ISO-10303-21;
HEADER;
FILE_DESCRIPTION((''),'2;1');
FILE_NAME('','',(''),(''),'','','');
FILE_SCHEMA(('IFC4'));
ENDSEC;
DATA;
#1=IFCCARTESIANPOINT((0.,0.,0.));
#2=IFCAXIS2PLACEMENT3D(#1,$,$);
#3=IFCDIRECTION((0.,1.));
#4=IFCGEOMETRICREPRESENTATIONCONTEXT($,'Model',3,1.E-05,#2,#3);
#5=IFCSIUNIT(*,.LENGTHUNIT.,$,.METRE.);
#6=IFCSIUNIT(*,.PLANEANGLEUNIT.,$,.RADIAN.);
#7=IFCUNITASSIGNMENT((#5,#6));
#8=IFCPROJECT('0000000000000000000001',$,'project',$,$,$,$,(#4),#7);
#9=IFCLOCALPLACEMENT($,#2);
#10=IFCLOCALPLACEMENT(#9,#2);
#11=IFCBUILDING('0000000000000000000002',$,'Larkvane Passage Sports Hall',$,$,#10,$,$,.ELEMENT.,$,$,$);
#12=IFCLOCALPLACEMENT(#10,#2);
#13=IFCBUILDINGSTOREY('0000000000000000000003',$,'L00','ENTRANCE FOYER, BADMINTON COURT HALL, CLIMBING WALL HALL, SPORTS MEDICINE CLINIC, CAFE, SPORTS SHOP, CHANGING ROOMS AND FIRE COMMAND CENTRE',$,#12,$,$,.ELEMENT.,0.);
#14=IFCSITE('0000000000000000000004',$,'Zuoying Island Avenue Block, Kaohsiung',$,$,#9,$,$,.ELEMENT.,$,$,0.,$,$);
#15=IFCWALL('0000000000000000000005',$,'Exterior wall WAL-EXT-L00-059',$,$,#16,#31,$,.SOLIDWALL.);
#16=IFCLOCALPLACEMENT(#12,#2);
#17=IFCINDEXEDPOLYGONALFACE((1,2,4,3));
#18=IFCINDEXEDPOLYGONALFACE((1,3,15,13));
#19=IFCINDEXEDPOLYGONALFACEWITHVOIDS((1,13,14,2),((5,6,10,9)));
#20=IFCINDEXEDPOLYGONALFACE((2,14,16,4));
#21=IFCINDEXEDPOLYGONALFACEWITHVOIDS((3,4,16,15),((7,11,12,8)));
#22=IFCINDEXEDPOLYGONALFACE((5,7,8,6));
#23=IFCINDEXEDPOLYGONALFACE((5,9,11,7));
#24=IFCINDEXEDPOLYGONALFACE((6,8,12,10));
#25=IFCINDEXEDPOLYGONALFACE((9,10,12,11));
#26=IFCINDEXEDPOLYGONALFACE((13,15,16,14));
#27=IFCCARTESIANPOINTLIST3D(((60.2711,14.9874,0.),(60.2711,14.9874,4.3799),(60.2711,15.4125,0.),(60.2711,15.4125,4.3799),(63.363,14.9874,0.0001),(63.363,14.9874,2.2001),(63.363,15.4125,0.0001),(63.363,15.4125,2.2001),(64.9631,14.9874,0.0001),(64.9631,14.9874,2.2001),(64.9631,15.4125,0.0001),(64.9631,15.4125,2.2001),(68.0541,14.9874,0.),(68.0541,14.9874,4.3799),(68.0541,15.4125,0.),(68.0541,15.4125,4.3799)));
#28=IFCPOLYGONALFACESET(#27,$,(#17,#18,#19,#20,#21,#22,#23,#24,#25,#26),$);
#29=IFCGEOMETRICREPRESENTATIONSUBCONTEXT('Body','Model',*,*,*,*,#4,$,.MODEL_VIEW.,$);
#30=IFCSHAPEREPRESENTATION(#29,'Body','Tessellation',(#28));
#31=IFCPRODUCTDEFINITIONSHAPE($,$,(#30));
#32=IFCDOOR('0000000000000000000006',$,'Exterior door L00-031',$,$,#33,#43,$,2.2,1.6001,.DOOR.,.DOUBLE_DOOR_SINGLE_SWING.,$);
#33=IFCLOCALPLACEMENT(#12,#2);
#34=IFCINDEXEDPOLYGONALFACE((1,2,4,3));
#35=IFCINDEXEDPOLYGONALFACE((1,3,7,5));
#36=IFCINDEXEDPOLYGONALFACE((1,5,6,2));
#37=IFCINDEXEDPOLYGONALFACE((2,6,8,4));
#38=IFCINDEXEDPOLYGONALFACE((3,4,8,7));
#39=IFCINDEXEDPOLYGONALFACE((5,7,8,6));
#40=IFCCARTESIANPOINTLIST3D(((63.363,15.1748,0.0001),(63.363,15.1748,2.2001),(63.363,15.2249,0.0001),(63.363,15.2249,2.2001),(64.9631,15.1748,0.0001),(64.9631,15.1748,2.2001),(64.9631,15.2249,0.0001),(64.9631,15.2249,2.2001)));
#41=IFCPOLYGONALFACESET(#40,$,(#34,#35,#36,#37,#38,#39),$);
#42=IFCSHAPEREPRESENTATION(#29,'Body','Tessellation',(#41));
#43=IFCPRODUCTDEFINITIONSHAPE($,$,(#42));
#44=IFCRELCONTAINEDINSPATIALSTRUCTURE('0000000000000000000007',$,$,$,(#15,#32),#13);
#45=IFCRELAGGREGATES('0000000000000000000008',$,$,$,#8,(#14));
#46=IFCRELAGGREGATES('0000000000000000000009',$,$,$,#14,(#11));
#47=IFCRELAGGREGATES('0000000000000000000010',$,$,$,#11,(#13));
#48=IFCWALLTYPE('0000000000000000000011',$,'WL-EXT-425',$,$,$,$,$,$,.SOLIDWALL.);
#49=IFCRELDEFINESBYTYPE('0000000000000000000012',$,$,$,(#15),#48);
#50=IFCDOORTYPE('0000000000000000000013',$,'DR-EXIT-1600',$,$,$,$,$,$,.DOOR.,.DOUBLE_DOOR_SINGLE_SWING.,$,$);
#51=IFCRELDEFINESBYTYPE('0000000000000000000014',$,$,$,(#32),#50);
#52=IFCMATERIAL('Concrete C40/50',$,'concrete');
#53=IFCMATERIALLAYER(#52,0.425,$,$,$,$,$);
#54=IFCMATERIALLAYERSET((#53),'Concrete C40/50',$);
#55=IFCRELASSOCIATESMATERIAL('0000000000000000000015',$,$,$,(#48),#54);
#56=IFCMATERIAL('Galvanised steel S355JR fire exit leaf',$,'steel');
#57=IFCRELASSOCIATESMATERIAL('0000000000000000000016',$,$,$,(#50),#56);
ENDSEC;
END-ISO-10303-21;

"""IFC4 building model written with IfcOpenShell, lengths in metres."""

from ifc_helpers import new_model, si_unit, direction, frame, frame_2d, origin, place, context, subcontext, project, spatial, rectangle, extrude, material, layer, layer_set, type_object, element, fill, save


model = new_model("IFC4")

# Units and contexts
model_context = context("Model", 3, precision=1e-05, world=origin(), true_north=direction((0.0, 1.0)))
body_context = subcontext(model_context, "Body", "Model", "MODEL_VIEW")
ifc_project = project(units=[si_unit("LENGTHUNIT", "METRE"), si_unit("PLANEANGLEUNIT", "RADIAN")], contexts=[model_context])

# Site, building, storey
site_placement = place(None, origin())
site = spatial("IfcSite", under=ifc_project, at=site_placement, Name="Zuoying Island Avenue Block, Kaohsiung", CompositionType="ELEMENT", RefElevation=0.0)
building_placement = place(site_placement, origin())
building = spatial("IfcBuilding", under=site, at=building_placement, Name="Larkvane Passage Sports Hall", CompositionType="ELEMENT")
storey_placement = place(building_placement, origin())
storey = spatial("IfcBuildingStorey", under=building, at=storey_placement, Name="L00", Description="ENTRANCE FOYER, BADMINTON COURT HALL, CLIMBING WALL HALL, SPORTS MEDICINE CLINIC, CAFE, SPORTS SHOP, CHANGING ROOMS AND FIRE COMMAND CENTRE", CompositionType="ELEMENT", Elevation=0.0)

# Shared definitions
ifc_material_1 = material(Name="Concrete C40/50", Category="concrete")

# Wall, opening, door
ifc_layer = layer(ifc_material_1, 0.425)
ifc_layer_set = layer_set([ifc_layer], Name="Concrete C40/50")
wall_type = type_object("IfcWallType", Name="WL-EXT-425", PredefinedType="SOLIDWALL", material=ifc_layer_set)
wall_placement = place(storey_placement, frame((60.271, 15.2, 0.0), z_axis=(0.0, 0.0, 1.0), x_axis=(1.0, 0.0, 0.0)))
wall = element("IfcWall", 1, at=wall_placement, inside=storey, type_object=wall_type, Name="Exterior wall WAL-EXT-L00-059", PredefinedType="SOLIDWALL", context=body_context, shape_type="SweptSolid", body=[
    extrude(rectangle(XDim=7.783, YDim=0.425, at=frame_2d((3.8916, 0.0))), origin(), (0.0, 0.0, 1.0), 4.3799),
])
opening_placement = place(wall_placement, frame((3.092, 0.0, 0.0)))
opening = element("IfcOpeningElement", 2, at=opening_placement, cuts=wall, PredefinedType="OPENING", context=body_context, shape_type="SweptSolid", body=[
    extrude(rectangle(XDim=1.6001, YDim=2.2, at=frame_2d((0.8, 1.1001))), frame((0.0, 0.2224, 0.0), z_axis=(0.0, -1.0, 0.0), x_axis=(1.0, 0.0, 0.0)), (0.0, 0.0, 1.0), 0.4451),
])
ifc_material_2 = material(Name="Galvanised steel S355JR fire exit leaf", Category="steel")
door_type = type_object("IfcDoorType", Name="DR-EXIT-1600", OperationType="DOUBLE_DOOR_SINGLE_SWING", PredefinedType="DOOR", material=ifc_material_2)
door_placement = place(opening_placement, origin())
door = element("IfcDoor", 3, at=door_placement, inside=storey, type_object=door_type, Name="Exterior door L00-031", OperationType="DOUBLE_DOOR_SINGLE_SWING", OverallHeight=2.2, OverallWidth=1.6001, PredefinedType="DOOR", context=body_context, shape_type="SweptSolid", body=[
    extrude(rectangle(XDim=1.6001, YDim=2.2, at=frame_2d((0.8, 1.1001))), frame((0.0, 0.0249, 0.0), z_axis=(0.0, -1.0, 0.0), x_axis=(1.0, 0.0, 0.0)), (0.0, 0.0, 1.0), 0.05),
])
fill(opening, door)

save(model, "model.ifc")
